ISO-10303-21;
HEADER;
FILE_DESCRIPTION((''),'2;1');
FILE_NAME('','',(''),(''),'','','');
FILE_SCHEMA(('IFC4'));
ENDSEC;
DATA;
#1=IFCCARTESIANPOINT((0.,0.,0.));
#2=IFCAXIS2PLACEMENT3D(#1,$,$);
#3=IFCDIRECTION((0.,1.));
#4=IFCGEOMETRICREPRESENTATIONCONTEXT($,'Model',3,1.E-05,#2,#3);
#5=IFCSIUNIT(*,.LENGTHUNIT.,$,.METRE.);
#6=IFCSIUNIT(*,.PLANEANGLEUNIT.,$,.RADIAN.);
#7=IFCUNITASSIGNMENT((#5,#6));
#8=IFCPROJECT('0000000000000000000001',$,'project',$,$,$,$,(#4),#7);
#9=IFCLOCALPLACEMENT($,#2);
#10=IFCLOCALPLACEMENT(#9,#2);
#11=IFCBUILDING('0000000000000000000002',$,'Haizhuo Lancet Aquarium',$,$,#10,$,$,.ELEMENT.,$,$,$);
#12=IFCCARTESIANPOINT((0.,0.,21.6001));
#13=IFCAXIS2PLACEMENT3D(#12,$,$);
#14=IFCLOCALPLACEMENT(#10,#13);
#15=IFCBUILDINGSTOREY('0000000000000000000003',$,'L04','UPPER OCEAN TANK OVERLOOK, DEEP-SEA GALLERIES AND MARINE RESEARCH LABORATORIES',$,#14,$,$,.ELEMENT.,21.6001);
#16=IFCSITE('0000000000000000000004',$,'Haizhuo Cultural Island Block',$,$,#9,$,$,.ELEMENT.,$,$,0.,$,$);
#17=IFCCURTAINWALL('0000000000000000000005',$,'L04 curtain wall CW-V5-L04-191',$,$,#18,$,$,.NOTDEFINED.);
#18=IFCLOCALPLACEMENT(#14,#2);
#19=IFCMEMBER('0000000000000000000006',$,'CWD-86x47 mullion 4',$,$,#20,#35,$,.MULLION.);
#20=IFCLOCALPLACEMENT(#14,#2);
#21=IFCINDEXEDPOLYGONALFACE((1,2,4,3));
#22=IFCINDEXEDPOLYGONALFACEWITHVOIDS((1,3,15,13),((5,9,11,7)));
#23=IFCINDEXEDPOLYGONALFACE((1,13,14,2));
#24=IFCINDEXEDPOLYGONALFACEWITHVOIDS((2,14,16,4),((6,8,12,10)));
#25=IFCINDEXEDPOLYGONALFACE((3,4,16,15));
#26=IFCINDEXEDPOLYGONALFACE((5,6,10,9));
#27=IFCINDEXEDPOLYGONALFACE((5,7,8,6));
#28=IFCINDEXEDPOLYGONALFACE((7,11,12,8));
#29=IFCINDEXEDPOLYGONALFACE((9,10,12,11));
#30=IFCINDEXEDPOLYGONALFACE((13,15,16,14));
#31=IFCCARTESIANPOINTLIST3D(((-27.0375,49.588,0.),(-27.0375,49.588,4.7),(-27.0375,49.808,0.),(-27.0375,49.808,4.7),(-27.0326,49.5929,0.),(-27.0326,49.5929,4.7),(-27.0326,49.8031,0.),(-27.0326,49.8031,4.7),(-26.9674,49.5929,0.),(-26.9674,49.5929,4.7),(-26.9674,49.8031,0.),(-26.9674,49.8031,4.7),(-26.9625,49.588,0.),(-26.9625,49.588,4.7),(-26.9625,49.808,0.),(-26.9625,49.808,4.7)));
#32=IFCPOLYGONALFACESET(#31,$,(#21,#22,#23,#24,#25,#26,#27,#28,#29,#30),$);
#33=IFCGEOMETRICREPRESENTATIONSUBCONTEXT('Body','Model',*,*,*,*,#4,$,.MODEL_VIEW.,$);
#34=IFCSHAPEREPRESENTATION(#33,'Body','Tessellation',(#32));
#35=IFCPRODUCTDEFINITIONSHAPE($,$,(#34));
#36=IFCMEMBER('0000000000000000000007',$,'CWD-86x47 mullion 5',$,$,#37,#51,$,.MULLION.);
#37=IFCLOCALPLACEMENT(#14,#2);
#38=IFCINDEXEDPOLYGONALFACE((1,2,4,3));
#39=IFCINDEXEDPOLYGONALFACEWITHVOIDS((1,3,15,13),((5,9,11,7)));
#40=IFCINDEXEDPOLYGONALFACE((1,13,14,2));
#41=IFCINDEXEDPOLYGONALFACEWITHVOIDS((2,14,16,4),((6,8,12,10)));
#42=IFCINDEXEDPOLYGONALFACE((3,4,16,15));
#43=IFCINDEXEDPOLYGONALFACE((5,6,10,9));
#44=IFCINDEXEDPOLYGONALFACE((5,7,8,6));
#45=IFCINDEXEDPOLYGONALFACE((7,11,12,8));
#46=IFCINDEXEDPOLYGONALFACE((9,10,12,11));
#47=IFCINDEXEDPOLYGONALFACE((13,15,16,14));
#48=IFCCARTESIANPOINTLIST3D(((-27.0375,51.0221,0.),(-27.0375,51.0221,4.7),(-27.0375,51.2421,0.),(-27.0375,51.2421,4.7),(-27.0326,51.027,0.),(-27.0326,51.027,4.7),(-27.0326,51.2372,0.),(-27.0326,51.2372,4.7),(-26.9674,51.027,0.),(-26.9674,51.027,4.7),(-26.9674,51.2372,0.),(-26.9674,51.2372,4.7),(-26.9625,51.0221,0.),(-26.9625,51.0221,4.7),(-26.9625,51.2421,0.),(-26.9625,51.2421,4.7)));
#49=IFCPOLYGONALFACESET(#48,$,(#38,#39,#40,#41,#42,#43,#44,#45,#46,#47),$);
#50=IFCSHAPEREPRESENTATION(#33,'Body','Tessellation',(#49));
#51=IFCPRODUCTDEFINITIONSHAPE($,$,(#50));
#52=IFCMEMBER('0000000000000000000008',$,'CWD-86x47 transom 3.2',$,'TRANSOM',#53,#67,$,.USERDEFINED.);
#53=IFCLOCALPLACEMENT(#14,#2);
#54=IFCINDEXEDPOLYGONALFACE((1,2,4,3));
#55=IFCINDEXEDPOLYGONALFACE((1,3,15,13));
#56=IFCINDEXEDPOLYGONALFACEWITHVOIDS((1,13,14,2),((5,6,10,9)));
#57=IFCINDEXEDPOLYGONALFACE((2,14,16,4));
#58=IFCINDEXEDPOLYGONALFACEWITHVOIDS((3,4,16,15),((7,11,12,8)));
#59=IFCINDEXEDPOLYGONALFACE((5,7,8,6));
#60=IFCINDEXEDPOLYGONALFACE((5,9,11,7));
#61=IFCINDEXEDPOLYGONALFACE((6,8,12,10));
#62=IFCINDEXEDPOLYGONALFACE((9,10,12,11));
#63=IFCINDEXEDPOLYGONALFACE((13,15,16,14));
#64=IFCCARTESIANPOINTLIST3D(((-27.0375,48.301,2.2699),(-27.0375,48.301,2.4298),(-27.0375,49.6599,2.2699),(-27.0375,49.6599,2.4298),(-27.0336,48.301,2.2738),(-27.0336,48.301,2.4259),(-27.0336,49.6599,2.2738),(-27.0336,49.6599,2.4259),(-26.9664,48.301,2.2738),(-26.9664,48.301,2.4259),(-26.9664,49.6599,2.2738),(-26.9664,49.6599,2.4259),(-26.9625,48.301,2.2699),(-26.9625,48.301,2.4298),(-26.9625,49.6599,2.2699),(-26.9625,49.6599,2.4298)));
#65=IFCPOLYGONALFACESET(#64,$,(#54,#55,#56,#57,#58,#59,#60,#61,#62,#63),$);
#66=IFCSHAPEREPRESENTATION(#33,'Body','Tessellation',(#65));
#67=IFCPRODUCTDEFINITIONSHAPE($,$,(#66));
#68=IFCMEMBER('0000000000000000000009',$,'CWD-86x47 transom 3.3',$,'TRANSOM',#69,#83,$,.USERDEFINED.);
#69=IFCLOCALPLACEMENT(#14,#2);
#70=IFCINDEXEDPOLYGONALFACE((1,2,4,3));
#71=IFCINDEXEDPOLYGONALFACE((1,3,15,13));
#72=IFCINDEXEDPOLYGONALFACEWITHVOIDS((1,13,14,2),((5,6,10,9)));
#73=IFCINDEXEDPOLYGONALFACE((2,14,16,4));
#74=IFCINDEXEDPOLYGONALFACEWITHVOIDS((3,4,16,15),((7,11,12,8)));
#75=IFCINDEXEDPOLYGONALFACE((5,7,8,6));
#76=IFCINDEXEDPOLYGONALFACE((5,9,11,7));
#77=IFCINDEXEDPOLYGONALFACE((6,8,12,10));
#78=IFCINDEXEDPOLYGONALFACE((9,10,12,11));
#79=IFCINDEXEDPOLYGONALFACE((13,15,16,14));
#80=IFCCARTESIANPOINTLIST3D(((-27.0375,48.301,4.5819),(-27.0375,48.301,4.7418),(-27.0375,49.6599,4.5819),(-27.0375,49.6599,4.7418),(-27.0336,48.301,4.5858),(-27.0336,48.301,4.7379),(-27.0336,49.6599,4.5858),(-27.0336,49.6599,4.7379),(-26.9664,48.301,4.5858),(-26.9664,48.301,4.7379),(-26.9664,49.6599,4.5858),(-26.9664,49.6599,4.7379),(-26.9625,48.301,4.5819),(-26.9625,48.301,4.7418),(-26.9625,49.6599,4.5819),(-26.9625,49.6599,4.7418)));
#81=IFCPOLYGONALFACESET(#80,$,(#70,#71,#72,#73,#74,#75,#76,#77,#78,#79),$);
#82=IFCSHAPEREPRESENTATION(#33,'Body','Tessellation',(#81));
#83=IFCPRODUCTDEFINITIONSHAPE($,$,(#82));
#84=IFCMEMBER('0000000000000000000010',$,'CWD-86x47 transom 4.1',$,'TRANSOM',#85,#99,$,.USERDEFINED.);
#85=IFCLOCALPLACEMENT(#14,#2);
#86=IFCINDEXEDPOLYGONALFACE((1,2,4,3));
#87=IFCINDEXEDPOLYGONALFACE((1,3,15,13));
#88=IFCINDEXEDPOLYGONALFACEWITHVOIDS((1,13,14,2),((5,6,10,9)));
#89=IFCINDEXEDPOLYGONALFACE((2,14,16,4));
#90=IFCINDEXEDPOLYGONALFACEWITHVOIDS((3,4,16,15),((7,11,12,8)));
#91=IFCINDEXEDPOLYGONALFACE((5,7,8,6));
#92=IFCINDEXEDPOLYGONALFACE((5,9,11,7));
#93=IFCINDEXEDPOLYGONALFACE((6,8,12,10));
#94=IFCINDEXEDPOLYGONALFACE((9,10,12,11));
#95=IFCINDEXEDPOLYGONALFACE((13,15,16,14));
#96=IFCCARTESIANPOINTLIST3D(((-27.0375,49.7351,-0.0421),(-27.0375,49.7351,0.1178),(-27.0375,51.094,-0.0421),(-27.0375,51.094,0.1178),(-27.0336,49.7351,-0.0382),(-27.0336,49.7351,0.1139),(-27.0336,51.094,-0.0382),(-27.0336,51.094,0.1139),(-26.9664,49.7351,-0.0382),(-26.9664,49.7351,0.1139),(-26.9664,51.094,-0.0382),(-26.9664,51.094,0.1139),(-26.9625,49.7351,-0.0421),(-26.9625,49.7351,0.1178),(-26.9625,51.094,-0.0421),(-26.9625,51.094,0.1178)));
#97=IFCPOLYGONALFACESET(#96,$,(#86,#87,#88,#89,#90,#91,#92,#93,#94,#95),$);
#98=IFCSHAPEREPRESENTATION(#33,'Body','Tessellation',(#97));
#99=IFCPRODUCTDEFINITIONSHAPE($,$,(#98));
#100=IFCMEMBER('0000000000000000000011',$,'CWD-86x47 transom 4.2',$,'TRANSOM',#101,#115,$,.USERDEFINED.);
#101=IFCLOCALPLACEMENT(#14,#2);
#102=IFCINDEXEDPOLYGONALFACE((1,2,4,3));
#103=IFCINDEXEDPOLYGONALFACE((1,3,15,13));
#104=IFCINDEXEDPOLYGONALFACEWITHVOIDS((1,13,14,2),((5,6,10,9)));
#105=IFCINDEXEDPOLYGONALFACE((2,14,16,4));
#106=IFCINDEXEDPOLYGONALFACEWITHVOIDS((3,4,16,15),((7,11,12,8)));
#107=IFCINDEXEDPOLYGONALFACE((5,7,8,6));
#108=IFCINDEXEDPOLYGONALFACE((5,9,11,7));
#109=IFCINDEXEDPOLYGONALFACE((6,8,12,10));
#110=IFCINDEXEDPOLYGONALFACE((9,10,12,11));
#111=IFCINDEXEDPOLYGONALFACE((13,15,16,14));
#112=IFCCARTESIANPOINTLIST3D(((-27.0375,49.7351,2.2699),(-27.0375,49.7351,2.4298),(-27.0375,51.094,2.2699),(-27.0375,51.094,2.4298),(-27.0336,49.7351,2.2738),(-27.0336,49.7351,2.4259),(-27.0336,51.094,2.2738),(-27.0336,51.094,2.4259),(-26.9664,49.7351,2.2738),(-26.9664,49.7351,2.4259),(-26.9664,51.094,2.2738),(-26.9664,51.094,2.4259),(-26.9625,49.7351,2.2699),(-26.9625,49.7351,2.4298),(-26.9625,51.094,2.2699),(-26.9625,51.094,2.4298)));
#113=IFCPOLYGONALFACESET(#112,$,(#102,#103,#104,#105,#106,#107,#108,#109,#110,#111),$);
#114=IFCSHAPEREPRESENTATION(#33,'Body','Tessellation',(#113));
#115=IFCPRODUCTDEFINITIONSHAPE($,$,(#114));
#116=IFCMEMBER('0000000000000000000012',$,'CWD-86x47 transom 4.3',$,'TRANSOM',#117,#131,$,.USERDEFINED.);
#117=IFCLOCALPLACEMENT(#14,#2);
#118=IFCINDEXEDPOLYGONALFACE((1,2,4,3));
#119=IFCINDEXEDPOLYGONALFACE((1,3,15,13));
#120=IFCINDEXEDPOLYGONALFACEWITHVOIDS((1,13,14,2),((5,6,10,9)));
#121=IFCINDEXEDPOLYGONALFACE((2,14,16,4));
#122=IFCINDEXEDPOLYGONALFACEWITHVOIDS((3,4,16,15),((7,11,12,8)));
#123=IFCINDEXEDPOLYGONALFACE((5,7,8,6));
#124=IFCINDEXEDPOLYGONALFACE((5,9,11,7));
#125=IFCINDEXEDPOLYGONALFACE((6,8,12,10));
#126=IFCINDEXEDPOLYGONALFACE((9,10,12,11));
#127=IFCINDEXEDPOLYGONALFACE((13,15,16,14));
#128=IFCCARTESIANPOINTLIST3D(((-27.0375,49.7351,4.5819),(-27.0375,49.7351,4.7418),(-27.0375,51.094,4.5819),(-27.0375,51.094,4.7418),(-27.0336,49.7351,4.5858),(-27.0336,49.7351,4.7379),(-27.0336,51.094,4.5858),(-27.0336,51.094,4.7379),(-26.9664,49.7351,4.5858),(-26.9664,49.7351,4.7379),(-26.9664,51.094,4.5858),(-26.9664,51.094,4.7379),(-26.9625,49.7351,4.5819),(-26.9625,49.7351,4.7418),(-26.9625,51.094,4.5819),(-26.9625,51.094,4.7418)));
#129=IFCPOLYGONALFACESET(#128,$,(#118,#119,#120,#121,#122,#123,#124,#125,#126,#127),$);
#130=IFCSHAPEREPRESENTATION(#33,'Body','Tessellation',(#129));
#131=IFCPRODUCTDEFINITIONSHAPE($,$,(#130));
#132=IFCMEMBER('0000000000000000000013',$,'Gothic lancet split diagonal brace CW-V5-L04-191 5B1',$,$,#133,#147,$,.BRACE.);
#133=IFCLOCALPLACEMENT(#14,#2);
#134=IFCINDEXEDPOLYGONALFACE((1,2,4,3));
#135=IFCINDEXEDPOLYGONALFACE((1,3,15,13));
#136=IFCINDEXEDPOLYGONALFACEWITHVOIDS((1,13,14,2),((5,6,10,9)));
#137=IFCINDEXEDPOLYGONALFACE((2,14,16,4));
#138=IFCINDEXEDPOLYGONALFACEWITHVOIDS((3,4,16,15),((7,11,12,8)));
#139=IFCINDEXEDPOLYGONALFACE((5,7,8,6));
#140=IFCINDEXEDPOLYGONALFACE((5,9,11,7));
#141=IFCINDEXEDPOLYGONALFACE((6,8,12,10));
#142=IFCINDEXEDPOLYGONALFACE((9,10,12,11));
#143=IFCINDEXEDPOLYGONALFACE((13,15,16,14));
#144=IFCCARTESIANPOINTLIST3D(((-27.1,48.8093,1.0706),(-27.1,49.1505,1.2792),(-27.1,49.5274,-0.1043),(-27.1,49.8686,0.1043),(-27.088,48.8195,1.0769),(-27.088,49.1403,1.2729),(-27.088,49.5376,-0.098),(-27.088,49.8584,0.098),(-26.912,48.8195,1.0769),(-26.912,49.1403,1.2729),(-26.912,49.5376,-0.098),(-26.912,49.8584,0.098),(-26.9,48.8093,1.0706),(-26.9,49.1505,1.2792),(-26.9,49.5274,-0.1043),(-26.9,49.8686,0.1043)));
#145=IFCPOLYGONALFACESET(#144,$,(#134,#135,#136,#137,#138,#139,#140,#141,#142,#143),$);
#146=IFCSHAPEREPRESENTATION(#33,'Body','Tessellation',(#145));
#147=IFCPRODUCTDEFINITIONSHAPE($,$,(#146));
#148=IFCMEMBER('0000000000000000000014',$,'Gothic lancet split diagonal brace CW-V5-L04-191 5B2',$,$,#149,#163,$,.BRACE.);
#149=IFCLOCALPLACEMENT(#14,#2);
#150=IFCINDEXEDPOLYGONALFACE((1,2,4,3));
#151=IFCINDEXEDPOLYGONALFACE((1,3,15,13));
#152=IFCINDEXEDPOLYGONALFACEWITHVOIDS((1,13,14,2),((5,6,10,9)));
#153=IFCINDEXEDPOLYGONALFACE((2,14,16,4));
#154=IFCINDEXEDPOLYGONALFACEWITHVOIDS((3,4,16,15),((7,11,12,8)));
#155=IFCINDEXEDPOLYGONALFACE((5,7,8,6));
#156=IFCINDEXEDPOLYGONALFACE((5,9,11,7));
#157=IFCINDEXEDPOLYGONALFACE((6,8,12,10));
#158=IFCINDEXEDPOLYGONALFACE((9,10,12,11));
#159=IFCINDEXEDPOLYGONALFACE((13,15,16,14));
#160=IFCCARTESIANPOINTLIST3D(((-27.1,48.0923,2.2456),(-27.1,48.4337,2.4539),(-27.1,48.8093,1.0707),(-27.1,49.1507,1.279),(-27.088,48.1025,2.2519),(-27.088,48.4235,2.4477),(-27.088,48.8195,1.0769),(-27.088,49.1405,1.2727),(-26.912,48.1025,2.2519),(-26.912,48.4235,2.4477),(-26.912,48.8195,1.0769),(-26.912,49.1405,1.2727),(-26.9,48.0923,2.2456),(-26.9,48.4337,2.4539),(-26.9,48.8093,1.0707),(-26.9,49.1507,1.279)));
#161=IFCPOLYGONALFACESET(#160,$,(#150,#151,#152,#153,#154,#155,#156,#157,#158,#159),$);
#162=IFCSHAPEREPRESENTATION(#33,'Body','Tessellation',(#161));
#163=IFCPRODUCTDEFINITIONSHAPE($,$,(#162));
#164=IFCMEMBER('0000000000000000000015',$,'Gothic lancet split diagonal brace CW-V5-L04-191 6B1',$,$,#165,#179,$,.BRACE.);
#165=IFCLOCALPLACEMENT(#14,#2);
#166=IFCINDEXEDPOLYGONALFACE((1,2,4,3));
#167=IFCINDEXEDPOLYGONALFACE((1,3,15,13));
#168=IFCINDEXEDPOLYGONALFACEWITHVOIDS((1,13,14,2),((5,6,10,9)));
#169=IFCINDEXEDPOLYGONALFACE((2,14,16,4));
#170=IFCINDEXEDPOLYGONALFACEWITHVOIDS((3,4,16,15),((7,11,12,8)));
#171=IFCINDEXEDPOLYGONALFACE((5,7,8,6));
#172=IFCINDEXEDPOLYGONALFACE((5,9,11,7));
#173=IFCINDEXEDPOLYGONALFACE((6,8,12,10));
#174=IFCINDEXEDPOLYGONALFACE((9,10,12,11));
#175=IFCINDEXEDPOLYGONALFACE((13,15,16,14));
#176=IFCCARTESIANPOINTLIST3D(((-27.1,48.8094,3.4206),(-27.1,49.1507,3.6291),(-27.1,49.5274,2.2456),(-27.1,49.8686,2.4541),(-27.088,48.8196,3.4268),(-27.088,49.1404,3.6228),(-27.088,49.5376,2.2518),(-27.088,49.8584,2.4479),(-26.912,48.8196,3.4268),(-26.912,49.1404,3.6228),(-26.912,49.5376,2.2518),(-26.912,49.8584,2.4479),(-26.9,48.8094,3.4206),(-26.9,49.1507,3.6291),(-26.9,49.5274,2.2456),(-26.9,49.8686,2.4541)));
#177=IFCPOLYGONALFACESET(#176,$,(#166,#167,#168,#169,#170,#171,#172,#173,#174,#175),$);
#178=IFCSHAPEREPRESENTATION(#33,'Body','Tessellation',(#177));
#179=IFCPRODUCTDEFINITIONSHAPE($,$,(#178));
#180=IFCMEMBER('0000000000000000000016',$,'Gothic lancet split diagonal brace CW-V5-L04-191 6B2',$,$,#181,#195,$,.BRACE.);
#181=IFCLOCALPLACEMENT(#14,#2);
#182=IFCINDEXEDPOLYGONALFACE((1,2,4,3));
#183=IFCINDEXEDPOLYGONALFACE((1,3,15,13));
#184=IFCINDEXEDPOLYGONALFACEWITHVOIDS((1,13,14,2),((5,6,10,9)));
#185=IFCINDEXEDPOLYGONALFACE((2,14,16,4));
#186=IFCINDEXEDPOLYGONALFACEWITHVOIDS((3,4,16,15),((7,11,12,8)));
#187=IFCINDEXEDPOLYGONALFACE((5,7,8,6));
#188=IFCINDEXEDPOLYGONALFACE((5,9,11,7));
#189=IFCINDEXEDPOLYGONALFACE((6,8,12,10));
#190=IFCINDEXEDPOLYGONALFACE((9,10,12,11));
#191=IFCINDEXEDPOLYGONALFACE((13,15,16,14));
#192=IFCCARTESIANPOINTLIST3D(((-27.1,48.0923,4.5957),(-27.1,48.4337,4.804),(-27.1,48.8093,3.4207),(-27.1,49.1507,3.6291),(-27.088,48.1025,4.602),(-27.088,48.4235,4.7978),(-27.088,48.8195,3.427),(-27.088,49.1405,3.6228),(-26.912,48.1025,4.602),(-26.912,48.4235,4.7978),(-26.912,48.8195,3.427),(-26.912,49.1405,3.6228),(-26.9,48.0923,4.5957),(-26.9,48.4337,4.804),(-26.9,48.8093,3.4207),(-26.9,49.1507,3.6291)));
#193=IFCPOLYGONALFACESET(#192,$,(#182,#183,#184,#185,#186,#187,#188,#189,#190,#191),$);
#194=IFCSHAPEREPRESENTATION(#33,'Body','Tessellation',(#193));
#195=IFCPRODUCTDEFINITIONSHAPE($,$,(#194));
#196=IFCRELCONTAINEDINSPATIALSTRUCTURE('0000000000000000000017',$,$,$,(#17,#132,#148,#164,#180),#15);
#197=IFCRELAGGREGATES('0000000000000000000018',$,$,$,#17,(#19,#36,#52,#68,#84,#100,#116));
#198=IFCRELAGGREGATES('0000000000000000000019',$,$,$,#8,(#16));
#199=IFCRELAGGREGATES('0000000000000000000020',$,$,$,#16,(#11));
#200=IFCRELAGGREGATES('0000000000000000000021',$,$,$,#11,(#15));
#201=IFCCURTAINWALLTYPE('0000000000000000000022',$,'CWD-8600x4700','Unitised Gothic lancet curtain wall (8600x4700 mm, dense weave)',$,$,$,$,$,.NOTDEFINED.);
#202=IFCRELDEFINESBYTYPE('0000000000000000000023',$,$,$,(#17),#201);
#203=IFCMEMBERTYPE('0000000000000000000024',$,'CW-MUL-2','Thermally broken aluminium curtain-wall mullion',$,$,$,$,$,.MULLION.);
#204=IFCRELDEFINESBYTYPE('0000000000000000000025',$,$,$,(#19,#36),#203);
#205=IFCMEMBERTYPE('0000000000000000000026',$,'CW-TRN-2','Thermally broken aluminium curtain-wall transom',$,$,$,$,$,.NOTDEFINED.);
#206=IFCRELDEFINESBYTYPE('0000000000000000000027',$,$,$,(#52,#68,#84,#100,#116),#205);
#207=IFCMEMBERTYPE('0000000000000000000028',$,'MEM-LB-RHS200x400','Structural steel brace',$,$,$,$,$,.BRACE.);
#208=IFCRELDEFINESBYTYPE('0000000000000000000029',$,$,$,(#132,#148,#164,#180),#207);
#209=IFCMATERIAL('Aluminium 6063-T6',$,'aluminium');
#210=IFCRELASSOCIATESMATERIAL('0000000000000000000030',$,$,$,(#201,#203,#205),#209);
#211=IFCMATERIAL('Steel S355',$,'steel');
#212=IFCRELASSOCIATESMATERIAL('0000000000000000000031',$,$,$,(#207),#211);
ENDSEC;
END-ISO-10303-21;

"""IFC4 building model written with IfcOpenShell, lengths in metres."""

from ifc_helpers import new_model, si_unit, direction, frame, origin, origin_2d, place, context, subcontext, project, spatial, hollow_rectangle, extrude, material, material_profile, profile_set, type_object, element, aggregate, save


model = new_model("IFC4")

# Units and contexts
model_context = context("Model", 3, precision=1e-05, world=origin(), true_north=direction((0.0, 1.0)))
body_context = subcontext(model_context, "Body", "Model", "MODEL_VIEW")
ifc_project = project(units=[si_unit("LENGTHUNIT", "METRE"), si_unit("PLANEANGLEUNIT", "RADIAN")], contexts=[model_context])

# Site, building, storey
site_placement = place(None, origin())
site = spatial("IfcSite", under=ifc_project, at=site_placement, Name="Haizhuo Cultural Island Block", CompositionType="ELEMENT", RefElevation=0.0)
building_placement = place(site_placement, origin())
building = spatial("IfcBuilding", under=site, at=building_placement, Name="Haizhuo Lancet Aquarium", CompositionType="ELEMENT")
storey_placement = place(building_placement, frame((0.0, 0.0, 21.6001)))
storey = spatial("IfcBuildingStorey", under=building, at=storey_placement, Name="L04", Description="UPPER OCEAN TANK OVERLOOK, DEEP-SEA GALLERIES AND MARINE RESEARCH LABORATORIES", CompositionType="ELEMENT", Elevation=21.6001)

# Curtain wall, members
ifc_material_1 = material(Name="Aluminium 6063-T6", Category="aluminium")
curtain_wall_type = type_object("IfcCurtainWallType", Name="CWD-8600x4700", Description="Unitised Gothic lancet curtain wall (8600x4700 mm, dense weave)", PredefinedType="NOTDEFINED", material=ifc_material_1)
curtain_wall_placement = place(storey_placement, origin())
curtain_wall = element("IfcCurtainWall", 1, at=curtain_wall_placement, inside=storey, type_object=curtain_wall_type, Name="L04 curtain wall CW-V5-L04-191", PredefinedType="NOTDEFINED")
ifc_material_profile_1 = material_profile(ifc_material_1, hollow_rectangle(XDim=0.075, YDim=0.22, WallThickness=0.0049, at=origin_2d()), Name="ALU-M 75x220x5")
ifc_profile_set_1 = profile_set([ifc_material_profile_1], Name="Aluminium 6063-T6")
member_type_1 = type_object("IfcMemberType", Name="CW-MUL-2", Description="Thermally broken aluminium curtain-wall mullion", PredefinedType="MULLION", material=ifc_profile_set_1)
member_1_placement = place(storey_placement, frame((-27.0, 49.698, 0.0), z_axis=(0.0, 0.0, 1.0), x_axis=(-1.0, 0.0, 0.0)))
member_1 = element("IfcMember", 2, at=member_1_placement, type_object=member_type_1, Name="CWD-86x47 mullion 4", PredefinedType="MULLION", context=body_context, shape_type="SweptSolid", body=[
    extrude(hollow_rectangle(XDim=0.075, YDim=0.22, WallThickness=0.0049, at=origin_2d()), origin(), (0.0, 0.0, 1.0), 4.7),
])
member_2_placement = place(storey_placement, frame((-27.0, 51.1321, 0.0), z_axis=(0.0, 0.0, 1.0), x_axis=(-1.0, 0.0, 0.0)))
member_2 = element("IfcMember", 3, at=member_2_placement, type_object=member_type_1, Name="CWD-86x47 mullion 5", PredefinedType="MULLION", context=body_context, shape_type="SweptSolid", body=[
    extrude(hollow_rectangle(XDim=0.075, YDim=0.22, WallThickness=0.0049, at=origin_2d()), origin(), (0.0, 0.0, 1.0), 4.7),
])
ifc_material_profile_2 = material_profile(ifc_material_1, hollow_rectangle(XDim=0.075, YDim=0.1599, WallThickness=0.0039, at=origin_2d()), Name="ALU-T 75x160x4")
ifc_profile_set_2 = profile_set([ifc_material_profile_2], Name="Aluminium 6063-T6")
member_type_2 = type_object("IfcMemberType", Name="CW-TRN-2", Description="Thermally broken aluminium curtain-wall transom", PredefinedType="NOTDEFINED", material=ifc_profile_set_2)
member_3_placement = place(storey_placement, frame((-27.0, 48.301, 2.3499), z_axis=(0.0, 1.0, 0.0), x_axis=(-1.0, 0.0, 0.0)))
member_3 = element("IfcMember", 4, at=member_3_placement, type_object=member_type_2, Name="CWD-86x47 transom 3.2", ObjectType="TRANSOM", PredefinedType="USERDEFINED", context=body_context, shape_type="SweptSolid", body=[
    extrude(hollow_rectangle(XDim=0.075, YDim=0.1599, WallThickness=0.0039, at=origin_2d()), origin(), (0.0, 0.0, 1.0), 1.3589),
])
member_4_placement = place(storey_placement, frame((-27.0, 48.301, 4.6619), z_axis=(0.0, 1.0, 0.0), x_axis=(-1.0, 0.0, 0.0)))
member_4 = element("IfcMember", 5, at=member_4_placement, type_object=member_type_2, Name="CWD-86x47 transom 3.3", ObjectType="TRANSOM", PredefinedType="USERDEFINED", context=body_context, shape_type="SweptSolid", body=[
    extrude(hollow_rectangle(XDim=0.075, YDim=0.1599, WallThickness=0.0039, at=origin_2d()), origin(), (0.0, 0.0, 1.0), 1.3589),
])
member_5_placement = place(storey_placement, frame((-27.0, 49.7351, 0.0378), z_axis=(0.0, 1.0, 0.0), x_axis=(-1.0, 0.0, 0.0)))
member_5 = element("IfcMember", 6, at=member_5_placement, type_object=member_type_2, Name="CWD-86x47 transom 4.1", ObjectType="TRANSOM", PredefinedType="USERDEFINED", context=body_context, shape_type="SweptSolid", body=[
    extrude(hollow_rectangle(XDim=0.075, YDim=0.1599, WallThickness=0.0039, at=origin_2d()), origin(), (0.0, 0.0, 1.0), 1.3589),
])
member_6_placement = place(storey_placement, frame((-27.0, 49.7351, 2.3499), z_axis=(0.0, 1.0, 0.0), x_axis=(-1.0, 0.0, 0.0)))
member_6 = element("IfcMember", 7, at=member_6_placement, type_object=member_type_2, Name="CWD-86x47 transom 4.2", ObjectType="TRANSOM", PredefinedType="USERDEFINED", context=body_context, shape_type="SweptSolid", body=[
    extrude(hollow_rectangle(XDim=0.075, YDim=0.1599, WallThickness=0.0039, at=origin_2d()), origin(), (0.0, 0.0, 1.0), 1.3589),
])
member_7_placement = place(storey_placement, frame((-27.0, 49.7351, 4.6619), z_axis=(0.0, 1.0, 0.0), x_axis=(-1.0, 0.0, 0.0)))
member_7 = element("IfcMember", 8, at=member_7_placement, type_object=member_type_2, Name="CWD-86x47 transom 4.3", ObjectType="TRANSOM", PredefinedType="USERDEFINED", context=body_context, shape_type="SweptSolid", body=[
    extrude(hollow_rectangle(XDim=0.075, YDim=0.1599, WallThickness=0.0039, at=origin_2d()), origin(), (0.0, 0.0, 1.0), 1.3589),
])

# Members
ifc_material_2 = material(Name="Steel S355", Category="steel")
ifc_material_profile_3 = material_profile(ifc_material_2, hollow_rectangle(XDim=0.2, YDim=0.3999, WallThickness=0.012, at=origin_2d()), Name="RHS 200x400x12")
ifc_profile_set_3 = profile_set([ifc_material_profile_3], Name="Steel S355")
member_type_3 = type_object("IfcMemberType", Name="MEM-LB-RHS200x400", Description="Structural steel brace", PredefinedType="BRACE", material=ifc_profile_set_3)
member_8_placement = place(storey_placement, frame((-27.0, 49.698, 0.0), z_axis=(0.0, -0.521493, 0.853256), x_axis=(1.0, 0.0, 0.0)))
element("IfcMember", 9, at=member_8_placement, inside=storey, type_object=member_type_3, Name="Gothic lancet split diagonal brace CW-V5-L04-191 5B1", PredefinedType="BRACE", context=body_context, shape_type="SweptSolid", body=[
    extrude(hollow_rectangle(XDim=0.2, YDim=0.3999, WallThickness=0.012, at=origin_2d()), origin(), (0.0, 0.0, 1.0), 1.377),
])
member_9_placement = place(storey_placement, frame((-27.0, 48.98, 1.1748), z_axis=(0.0, -0.520898, 0.853619), x_axis=(1.0, 0.0, 0.0)))
element("IfcMember", 10, at=member_9_placement, inside=storey, type_object=member_type_3, Name="Gothic lancet split diagonal brace CW-V5-L04-191 5B2", PredefinedType="BRACE", context=body_context, shape_type="SweptSolid", body=[
    extrude(hollow_rectangle(XDim=0.2, YDim=0.3999, WallThickness=0.012, at=origin_2d()), origin(), (0.0, 0.0, 1.0), 1.3765),
])
member_10_placement = place(storey_placement, frame((-27.0, 49.698, 2.3499), z_axis=(0.0, -0.521414, 0.853304), x_axis=(1.0, 0.0, 0.0)))
element("IfcMember", 11, at=member_10_placement, inside=storey, type_object=member_type_3, Name="Gothic lancet split diagonal brace CW-V5-L04-191 6B1", PredefinedType="BRACE", context=body_context, shape_type="SweptSolid", body=[
    extrude(hollow_rectangle(XDim=0.2, YDim=0.3999, WallThickness=0.012, at=origin_2d()), origin(), (0.0, 0.0, 1.0), 1.377),
])
member_11_placement = place(storey_placement, frame((-27.0, 48.98, 3.5249), z_axis=(0.0, -0.520898, 0.853619), x_axis=(1.0, 0.0, 0.0)))
element("IfcMember", 12, at=member_11_placement, inside=storey, type_object=member_type_3, Name="Gothic lancet split diagonal brace CW-V5-L04-191 6B2", PredefinedType="BRACE", context=body_context, shape_type="SweptSolid", body=[
    extrude(hollow_rectangle(XDim=0.2, YDim=0.3999, WallThickness=0.012, at=origin_2d()), origin(), (0.0, 0.0, 1.0), 1.3765),
])

aggregate(curtain_wall, [member_1, member_2, member_3, member_4, member_5, member_6, member_7])

save(model, "model.ifc")
